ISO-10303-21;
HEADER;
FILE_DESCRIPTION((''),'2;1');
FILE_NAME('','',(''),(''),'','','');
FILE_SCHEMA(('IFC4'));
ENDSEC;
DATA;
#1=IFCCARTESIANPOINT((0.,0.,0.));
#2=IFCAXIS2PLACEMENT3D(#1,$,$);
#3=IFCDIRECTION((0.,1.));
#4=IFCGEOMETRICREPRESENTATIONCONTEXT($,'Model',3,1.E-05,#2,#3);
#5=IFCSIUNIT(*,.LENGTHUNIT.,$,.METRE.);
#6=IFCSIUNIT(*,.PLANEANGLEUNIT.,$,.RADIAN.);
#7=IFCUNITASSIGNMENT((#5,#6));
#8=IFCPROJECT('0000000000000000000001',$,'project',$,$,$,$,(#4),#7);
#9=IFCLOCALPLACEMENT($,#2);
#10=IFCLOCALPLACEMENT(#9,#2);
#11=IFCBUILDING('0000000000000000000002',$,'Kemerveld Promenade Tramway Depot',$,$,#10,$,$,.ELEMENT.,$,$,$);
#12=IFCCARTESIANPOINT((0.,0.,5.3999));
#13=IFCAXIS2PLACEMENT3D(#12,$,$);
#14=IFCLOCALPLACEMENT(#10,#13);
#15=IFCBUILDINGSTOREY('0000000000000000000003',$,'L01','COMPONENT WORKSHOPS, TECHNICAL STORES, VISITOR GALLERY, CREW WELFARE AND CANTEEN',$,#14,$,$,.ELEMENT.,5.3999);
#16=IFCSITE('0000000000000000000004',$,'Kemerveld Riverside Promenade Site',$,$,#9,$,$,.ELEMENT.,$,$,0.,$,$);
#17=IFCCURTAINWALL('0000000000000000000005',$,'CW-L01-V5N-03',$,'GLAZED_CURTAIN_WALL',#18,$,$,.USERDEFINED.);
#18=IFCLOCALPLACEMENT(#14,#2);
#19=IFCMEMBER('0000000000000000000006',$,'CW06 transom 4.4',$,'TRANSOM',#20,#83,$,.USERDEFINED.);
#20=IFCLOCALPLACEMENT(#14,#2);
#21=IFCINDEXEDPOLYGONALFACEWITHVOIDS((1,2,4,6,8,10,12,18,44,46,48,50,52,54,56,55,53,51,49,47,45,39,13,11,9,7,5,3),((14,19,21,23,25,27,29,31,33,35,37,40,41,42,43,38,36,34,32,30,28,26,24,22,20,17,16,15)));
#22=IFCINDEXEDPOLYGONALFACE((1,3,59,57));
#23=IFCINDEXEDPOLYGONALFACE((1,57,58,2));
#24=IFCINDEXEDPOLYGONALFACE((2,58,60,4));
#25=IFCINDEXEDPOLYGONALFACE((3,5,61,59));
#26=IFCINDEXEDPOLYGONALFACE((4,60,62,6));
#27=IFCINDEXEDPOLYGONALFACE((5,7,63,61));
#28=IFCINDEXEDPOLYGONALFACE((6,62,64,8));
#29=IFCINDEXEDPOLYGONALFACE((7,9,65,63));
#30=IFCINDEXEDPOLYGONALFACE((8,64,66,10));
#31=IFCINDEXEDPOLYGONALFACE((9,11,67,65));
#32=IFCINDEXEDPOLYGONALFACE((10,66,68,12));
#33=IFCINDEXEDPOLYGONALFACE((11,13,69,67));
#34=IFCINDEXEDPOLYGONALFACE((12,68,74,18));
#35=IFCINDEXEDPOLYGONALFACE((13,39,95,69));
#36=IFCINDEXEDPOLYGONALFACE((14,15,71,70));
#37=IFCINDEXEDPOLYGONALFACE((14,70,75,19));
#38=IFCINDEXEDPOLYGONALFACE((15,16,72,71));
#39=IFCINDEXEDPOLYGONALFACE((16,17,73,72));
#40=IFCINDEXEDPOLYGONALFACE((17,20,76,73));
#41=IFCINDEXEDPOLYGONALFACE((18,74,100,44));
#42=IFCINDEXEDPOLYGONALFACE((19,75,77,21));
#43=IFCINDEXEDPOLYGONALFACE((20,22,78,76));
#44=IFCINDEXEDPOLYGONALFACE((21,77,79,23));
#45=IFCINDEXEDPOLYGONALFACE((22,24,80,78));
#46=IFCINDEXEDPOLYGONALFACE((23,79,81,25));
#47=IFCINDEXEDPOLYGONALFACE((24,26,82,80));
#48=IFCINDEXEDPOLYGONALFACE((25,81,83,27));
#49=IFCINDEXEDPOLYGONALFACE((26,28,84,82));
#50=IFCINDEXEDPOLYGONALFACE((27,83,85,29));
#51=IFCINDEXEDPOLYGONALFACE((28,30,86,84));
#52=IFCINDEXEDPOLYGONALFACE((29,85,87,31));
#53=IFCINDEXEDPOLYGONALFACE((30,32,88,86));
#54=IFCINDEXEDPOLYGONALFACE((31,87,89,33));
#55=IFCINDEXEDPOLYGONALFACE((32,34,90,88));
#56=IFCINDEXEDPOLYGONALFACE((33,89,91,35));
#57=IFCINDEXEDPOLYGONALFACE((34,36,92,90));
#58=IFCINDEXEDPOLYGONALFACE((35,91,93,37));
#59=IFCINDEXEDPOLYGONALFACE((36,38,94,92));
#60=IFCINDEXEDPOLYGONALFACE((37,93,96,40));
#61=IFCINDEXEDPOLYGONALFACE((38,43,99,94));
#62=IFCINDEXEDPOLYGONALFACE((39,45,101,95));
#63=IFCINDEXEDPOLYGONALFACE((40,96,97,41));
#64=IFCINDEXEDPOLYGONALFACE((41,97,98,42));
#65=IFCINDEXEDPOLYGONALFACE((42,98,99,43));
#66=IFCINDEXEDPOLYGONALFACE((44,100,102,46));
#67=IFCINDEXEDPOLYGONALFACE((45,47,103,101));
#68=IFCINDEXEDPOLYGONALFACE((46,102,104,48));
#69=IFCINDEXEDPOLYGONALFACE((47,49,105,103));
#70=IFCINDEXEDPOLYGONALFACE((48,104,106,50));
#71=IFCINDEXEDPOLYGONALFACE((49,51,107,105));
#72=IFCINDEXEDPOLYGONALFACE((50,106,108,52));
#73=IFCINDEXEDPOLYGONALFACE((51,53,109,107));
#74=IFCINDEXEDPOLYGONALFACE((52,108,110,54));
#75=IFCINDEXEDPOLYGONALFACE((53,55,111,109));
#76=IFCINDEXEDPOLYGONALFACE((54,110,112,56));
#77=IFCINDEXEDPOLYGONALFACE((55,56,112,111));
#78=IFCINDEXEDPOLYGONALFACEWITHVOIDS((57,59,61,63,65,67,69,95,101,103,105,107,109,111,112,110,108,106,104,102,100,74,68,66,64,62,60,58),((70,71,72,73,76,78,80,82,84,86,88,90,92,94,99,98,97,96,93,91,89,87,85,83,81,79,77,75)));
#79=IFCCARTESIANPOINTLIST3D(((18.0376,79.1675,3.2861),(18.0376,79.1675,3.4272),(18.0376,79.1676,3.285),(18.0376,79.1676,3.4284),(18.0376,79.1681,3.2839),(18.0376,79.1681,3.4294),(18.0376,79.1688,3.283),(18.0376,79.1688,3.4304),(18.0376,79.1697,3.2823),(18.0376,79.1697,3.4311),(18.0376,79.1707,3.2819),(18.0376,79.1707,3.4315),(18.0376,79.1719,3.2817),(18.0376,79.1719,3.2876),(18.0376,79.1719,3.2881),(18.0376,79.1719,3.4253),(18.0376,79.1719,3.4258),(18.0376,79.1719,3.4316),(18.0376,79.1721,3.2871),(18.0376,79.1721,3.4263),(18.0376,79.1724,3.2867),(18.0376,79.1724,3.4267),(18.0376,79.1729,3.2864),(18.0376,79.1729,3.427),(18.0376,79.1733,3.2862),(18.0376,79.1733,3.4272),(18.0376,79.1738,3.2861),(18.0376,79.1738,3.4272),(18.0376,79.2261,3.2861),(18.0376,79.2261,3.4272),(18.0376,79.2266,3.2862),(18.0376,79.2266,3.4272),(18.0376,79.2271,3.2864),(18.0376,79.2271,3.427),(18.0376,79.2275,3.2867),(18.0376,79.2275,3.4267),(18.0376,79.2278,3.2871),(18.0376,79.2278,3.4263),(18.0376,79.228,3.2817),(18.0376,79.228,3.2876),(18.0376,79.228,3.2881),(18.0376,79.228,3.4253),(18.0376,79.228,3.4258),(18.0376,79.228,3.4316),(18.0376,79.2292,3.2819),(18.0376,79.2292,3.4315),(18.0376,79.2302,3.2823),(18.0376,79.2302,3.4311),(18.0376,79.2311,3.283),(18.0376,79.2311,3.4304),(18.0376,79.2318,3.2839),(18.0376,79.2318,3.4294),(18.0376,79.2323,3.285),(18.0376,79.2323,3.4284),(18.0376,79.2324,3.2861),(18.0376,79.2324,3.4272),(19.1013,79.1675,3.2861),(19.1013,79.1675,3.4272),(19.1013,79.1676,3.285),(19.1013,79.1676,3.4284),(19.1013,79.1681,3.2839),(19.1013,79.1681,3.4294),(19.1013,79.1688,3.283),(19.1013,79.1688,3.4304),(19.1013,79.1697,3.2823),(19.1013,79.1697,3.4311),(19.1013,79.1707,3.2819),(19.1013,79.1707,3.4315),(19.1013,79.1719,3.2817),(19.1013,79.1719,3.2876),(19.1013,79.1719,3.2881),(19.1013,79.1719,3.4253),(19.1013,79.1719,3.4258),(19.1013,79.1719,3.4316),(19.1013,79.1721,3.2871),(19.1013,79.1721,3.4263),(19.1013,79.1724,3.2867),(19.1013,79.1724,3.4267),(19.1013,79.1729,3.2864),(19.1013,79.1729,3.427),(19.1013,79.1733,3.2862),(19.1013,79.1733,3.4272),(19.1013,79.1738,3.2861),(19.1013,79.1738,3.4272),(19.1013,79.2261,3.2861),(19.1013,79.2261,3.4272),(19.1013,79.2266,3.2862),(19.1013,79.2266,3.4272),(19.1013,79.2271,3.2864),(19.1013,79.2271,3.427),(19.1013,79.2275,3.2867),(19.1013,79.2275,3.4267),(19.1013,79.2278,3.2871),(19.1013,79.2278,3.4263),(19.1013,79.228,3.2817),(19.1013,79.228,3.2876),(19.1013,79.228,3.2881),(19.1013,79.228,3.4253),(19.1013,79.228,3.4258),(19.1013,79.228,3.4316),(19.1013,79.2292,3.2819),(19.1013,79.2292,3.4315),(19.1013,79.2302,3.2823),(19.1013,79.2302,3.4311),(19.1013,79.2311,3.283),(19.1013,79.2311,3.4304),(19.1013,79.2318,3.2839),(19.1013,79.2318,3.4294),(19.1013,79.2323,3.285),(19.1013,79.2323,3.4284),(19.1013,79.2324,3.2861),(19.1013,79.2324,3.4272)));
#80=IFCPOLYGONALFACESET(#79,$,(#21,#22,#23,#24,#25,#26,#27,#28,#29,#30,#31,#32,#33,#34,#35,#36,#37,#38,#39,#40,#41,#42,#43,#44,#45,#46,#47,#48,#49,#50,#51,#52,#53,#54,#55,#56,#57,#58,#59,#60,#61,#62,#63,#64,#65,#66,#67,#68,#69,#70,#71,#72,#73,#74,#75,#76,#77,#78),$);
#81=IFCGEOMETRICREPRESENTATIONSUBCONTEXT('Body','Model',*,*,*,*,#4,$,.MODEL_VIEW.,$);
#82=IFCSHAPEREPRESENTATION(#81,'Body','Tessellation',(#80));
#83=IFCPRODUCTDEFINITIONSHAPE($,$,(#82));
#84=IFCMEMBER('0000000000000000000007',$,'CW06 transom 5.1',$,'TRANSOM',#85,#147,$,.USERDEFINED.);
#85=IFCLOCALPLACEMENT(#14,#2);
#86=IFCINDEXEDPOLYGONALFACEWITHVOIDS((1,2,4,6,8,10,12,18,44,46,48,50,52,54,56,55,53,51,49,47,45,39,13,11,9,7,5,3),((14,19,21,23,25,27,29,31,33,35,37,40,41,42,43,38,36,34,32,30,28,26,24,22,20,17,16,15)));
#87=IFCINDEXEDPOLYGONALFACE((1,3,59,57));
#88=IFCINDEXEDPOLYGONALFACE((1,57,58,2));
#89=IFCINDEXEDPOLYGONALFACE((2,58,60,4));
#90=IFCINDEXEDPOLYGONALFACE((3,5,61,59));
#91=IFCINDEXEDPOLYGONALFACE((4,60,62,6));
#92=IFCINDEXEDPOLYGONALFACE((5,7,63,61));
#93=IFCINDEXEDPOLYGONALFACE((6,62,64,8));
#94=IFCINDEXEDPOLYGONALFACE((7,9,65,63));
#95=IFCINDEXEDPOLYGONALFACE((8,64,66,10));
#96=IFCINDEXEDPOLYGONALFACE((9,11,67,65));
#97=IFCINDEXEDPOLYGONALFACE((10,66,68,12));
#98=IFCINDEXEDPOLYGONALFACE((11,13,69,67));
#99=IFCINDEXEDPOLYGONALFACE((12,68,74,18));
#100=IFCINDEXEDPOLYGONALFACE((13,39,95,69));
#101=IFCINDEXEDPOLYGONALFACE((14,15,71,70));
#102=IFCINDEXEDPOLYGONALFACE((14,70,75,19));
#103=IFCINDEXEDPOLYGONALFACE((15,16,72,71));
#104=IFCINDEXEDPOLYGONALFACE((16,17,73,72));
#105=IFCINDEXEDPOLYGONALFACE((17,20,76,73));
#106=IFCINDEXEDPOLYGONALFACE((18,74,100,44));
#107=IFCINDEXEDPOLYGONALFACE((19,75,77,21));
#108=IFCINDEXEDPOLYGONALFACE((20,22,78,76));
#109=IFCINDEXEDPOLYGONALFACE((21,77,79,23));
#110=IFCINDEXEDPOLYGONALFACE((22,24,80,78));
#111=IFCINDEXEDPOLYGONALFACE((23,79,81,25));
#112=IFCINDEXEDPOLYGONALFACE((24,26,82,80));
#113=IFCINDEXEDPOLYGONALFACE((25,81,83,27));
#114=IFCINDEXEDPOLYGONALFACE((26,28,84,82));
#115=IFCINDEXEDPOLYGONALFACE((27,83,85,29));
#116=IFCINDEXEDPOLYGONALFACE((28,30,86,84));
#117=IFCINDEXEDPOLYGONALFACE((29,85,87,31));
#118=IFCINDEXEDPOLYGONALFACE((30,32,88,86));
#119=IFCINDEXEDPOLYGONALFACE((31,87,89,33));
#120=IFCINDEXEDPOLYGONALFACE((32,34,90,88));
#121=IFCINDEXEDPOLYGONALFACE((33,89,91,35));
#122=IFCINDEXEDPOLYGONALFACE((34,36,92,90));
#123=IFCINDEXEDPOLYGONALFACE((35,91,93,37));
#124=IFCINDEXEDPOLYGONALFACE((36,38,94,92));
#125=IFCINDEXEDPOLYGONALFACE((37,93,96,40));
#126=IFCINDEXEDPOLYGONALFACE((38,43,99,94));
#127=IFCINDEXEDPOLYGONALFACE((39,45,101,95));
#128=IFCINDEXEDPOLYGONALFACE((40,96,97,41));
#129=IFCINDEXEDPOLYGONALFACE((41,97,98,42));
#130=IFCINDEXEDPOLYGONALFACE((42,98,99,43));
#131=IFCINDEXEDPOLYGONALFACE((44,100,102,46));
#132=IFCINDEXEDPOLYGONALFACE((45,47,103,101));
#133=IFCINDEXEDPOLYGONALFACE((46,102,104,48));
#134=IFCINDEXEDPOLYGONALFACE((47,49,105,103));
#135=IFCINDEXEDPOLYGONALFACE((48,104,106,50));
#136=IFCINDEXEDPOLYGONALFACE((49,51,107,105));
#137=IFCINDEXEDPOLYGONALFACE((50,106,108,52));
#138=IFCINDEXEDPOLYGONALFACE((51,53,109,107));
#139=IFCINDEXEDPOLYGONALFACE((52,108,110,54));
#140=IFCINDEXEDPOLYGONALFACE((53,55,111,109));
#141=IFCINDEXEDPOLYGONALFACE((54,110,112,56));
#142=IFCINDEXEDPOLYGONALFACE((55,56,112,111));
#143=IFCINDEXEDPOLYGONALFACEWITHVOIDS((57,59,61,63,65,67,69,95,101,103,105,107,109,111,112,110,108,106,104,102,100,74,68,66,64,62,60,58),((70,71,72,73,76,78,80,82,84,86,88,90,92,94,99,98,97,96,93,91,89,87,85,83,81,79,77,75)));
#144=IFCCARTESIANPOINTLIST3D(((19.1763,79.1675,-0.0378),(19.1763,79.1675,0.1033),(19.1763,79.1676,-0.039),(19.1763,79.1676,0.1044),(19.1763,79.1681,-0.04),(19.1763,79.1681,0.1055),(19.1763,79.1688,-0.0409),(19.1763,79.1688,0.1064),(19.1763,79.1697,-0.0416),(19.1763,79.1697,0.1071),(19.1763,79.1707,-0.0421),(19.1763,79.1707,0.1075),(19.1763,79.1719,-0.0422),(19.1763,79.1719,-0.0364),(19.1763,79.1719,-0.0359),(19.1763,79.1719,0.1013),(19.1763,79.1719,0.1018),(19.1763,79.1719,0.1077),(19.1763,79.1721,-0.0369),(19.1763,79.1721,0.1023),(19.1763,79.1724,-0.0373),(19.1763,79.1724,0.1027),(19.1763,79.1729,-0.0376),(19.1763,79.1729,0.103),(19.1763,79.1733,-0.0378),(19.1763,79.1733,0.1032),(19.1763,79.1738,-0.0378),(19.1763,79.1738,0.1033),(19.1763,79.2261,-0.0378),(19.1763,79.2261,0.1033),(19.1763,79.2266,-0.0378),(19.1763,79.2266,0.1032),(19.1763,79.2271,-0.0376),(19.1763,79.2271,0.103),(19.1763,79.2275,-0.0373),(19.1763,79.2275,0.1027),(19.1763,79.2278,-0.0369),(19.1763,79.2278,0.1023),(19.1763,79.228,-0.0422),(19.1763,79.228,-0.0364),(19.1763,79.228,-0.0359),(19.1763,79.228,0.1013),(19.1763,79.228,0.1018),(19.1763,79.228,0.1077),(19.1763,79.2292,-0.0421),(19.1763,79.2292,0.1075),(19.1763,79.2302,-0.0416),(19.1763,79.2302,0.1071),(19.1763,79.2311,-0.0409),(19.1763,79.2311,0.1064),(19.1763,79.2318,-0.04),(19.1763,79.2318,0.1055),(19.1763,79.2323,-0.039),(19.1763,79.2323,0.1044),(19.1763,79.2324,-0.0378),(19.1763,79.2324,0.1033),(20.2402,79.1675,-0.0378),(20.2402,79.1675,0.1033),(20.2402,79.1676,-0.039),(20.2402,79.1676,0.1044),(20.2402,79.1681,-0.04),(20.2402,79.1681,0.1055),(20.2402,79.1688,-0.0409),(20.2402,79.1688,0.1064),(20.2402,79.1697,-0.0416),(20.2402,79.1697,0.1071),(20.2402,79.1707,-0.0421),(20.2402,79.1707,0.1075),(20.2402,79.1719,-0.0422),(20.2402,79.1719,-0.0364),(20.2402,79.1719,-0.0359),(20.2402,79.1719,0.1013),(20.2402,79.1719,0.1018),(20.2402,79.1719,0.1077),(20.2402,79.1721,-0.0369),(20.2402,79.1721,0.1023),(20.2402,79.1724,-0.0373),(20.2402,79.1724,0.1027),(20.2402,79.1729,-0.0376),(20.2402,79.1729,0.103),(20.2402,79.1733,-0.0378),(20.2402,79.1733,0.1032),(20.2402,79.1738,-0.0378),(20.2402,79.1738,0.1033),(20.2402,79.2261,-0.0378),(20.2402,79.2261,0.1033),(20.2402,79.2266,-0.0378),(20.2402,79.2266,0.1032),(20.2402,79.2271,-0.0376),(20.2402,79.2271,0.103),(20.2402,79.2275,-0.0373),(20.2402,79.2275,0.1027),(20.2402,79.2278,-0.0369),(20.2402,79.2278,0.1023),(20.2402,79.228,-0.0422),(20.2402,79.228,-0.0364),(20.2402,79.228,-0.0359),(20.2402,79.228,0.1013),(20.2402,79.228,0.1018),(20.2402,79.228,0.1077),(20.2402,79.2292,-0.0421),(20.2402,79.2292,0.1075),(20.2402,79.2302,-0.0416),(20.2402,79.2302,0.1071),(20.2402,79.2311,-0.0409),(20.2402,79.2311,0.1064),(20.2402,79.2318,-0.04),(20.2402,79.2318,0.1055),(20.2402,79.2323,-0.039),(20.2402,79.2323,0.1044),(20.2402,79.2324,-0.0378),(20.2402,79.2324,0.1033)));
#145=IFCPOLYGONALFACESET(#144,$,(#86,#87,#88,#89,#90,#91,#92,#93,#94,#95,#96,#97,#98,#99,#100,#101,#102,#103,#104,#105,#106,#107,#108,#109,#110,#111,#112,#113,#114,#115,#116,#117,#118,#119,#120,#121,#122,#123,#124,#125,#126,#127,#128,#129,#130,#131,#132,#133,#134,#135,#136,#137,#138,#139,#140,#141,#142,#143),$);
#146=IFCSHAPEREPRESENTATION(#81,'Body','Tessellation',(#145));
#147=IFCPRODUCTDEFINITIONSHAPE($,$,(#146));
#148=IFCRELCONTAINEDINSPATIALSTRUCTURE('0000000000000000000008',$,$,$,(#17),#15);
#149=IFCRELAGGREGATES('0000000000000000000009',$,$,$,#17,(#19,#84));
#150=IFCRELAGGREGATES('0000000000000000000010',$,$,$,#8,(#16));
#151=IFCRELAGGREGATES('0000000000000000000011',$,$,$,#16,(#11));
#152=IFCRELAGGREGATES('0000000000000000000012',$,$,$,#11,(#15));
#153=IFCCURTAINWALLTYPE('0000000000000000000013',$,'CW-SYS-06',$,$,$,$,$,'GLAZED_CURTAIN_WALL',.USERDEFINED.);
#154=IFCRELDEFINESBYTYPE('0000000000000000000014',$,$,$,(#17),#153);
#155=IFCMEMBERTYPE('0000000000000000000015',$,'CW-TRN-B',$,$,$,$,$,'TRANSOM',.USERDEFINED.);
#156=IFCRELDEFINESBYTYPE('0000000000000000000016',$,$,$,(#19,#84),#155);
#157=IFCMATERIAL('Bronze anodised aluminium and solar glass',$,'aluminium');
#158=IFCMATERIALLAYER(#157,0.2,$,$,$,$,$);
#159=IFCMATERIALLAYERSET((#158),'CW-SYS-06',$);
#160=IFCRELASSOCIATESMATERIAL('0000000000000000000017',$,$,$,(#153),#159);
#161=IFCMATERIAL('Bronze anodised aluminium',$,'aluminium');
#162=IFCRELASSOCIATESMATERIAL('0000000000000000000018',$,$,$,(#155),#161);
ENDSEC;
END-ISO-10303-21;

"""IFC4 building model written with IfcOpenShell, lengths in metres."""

from ifc_helpers import new_model, si_unit, direction, frame, origin, origin_2d, place, context, subcontext, project, spatial, hollow_rectangle, extrude, material, layer, layer_set, material_profile, profile_set, type_object, element, aggregate, save


model = new_model("IFC4")

# Units and contexts
model_context = context("Model", 3, precision=1e-05, world=origin(), true_north=direction((0.0, 1.0)))
body_context = subcontext(model_context, "Body", "Model", "MODEL_VIEW")
ifc_project = project(units=[si_unit("LENGTHUNIT", "METRE"), si_unit("PLANEANGLEUNIT", "RADIAN")], contexts=[model_context])

# Site, building, storey
site_placement = place(None, origin())
site = spatial("IfcSite", under=ifc_project, at=site_placement, Name="Kemerveld Riverside Promenade Site", CompositionType="ELEMENT", RefElevation=0.0)
building_placement = place(site_placement, origin())
building = spatial("IfcBuilding", under=site, at=building_placement, Name="Kemerveld Promenade Tramway Depot", CompositionType="ELEMENT")
storey_placement = place(building_placement, frame((0.0, 0.0, 5.3999)))
storey = spatial("IfcBuildingStorey", under=building, at=storey_placement, Name="L01", Description="COMPONENT WORKSHOPS, TECHNICAL STORES, VISITOR GALLERY, CREW WELFARE AND CANTEEN", CompositionType="ELEMENT", Elevation=5.3999)

# Curtain wall, members
ifc_material_1 = material(Name="Bronze anodised aluminium and solar glass", Category="aluminium")
ifc_layer_1 = layer(ifc_material_1, 0.2)
ifc_layer_set_1 = layer_set([ifc_layer_1], Name="CW-SYS-06")
curtain_wall_type = type_object("IfcCurtainWallType", Name="CW-SYS-06", ElementType="GLAZED_CURTAIN_WALL", PredefinedType="USERDEFINED", material=ifc_layer_set_1)
curtain_wall_placement = place(storey_placement, origin())
curtain_wall = element("IfcCurtainWall", 1, at=curtain_wall_placement, inside=storey, type_object=curtain_wall_type, Name="CW-L01-V5N-03", ObjectType="GLAZED_CURTAIN_WALL", PredefinedType="USERDEFINED")
ifc_material_2 = material(Name="Bronze anodised aluminium", Category="aluminium")
ifc_material_profile_1 = material_profile(ifc_material_2, hollow_rectangle(XDim=0.0649, YDim=0.1499, WallThickness=0.0044, InnerFilletRadius=0.002, OuterFilletRadius=0.0044, at=origin_2d()), Name="CW-TRN-150x65")
ifc_profile_set_1 = profile_set([ifc_material_profile_1], Name="Bronze anodised aluminium")
member_type_1 = type_object("IfcMemberType", Name="CW-TRN-B", ElementType="TRANSOM", PredefinedType="USERDEFINED", material=ifc_profile_set_1)
member_1_placement = place(storey_placement, frame((18.0376, 79.2, 3.3567), z_axis=(1.0, 0.0, 0.0), x_axis=(0.0, 1.0, 0.0)))
member_1 = element("IfcMember", 2, at=member_1_placement, type_object=member_type_1, Name="CW06 transom 4.4", ObjectType="TRANSOM", PredefinedType="USERDEFINED", context=body_context, shape_type="SweptSolid", body=[
    extrude(hollow_rectangle(XDim=0.0649, YDim=0.1499, WallThickness=0.0044, InnerFilletRadius=0.002, OuterFilletRadius=0.0044, at=origin_2d()), origin(), (0.0, 0.0, 1.0), 1.0637),
])
member_2_placement = place(storey_placement, frame((19.1763, 79.2, 0.0327), z_axis=(1.0, 0.0, 0.0), x_axis=(0.0, 1.0, 0.0)))
member_2 = element("IfcMember", 3, at=member_2_placement, type_object=member_type_1, Name="CW06 transom 5.1", ObjectType="TRANSOM", PredefinedType="USERDEFINED", context=body_context, shape_type="SweptSolid", body=[
    extrude(hollow_rectangle(XDim=0.0649, YDim=0.1499, WallThickness=0.0044, InnerFilletRadius=0.002, OuterFilletRadius=0.0044, at=origin_2d()), origin(), (0.0, 0.0, 1.0), 1.064),
])
aggregate(curtain_wall, [member_1, member_2])

save(model, "model.ifc")
